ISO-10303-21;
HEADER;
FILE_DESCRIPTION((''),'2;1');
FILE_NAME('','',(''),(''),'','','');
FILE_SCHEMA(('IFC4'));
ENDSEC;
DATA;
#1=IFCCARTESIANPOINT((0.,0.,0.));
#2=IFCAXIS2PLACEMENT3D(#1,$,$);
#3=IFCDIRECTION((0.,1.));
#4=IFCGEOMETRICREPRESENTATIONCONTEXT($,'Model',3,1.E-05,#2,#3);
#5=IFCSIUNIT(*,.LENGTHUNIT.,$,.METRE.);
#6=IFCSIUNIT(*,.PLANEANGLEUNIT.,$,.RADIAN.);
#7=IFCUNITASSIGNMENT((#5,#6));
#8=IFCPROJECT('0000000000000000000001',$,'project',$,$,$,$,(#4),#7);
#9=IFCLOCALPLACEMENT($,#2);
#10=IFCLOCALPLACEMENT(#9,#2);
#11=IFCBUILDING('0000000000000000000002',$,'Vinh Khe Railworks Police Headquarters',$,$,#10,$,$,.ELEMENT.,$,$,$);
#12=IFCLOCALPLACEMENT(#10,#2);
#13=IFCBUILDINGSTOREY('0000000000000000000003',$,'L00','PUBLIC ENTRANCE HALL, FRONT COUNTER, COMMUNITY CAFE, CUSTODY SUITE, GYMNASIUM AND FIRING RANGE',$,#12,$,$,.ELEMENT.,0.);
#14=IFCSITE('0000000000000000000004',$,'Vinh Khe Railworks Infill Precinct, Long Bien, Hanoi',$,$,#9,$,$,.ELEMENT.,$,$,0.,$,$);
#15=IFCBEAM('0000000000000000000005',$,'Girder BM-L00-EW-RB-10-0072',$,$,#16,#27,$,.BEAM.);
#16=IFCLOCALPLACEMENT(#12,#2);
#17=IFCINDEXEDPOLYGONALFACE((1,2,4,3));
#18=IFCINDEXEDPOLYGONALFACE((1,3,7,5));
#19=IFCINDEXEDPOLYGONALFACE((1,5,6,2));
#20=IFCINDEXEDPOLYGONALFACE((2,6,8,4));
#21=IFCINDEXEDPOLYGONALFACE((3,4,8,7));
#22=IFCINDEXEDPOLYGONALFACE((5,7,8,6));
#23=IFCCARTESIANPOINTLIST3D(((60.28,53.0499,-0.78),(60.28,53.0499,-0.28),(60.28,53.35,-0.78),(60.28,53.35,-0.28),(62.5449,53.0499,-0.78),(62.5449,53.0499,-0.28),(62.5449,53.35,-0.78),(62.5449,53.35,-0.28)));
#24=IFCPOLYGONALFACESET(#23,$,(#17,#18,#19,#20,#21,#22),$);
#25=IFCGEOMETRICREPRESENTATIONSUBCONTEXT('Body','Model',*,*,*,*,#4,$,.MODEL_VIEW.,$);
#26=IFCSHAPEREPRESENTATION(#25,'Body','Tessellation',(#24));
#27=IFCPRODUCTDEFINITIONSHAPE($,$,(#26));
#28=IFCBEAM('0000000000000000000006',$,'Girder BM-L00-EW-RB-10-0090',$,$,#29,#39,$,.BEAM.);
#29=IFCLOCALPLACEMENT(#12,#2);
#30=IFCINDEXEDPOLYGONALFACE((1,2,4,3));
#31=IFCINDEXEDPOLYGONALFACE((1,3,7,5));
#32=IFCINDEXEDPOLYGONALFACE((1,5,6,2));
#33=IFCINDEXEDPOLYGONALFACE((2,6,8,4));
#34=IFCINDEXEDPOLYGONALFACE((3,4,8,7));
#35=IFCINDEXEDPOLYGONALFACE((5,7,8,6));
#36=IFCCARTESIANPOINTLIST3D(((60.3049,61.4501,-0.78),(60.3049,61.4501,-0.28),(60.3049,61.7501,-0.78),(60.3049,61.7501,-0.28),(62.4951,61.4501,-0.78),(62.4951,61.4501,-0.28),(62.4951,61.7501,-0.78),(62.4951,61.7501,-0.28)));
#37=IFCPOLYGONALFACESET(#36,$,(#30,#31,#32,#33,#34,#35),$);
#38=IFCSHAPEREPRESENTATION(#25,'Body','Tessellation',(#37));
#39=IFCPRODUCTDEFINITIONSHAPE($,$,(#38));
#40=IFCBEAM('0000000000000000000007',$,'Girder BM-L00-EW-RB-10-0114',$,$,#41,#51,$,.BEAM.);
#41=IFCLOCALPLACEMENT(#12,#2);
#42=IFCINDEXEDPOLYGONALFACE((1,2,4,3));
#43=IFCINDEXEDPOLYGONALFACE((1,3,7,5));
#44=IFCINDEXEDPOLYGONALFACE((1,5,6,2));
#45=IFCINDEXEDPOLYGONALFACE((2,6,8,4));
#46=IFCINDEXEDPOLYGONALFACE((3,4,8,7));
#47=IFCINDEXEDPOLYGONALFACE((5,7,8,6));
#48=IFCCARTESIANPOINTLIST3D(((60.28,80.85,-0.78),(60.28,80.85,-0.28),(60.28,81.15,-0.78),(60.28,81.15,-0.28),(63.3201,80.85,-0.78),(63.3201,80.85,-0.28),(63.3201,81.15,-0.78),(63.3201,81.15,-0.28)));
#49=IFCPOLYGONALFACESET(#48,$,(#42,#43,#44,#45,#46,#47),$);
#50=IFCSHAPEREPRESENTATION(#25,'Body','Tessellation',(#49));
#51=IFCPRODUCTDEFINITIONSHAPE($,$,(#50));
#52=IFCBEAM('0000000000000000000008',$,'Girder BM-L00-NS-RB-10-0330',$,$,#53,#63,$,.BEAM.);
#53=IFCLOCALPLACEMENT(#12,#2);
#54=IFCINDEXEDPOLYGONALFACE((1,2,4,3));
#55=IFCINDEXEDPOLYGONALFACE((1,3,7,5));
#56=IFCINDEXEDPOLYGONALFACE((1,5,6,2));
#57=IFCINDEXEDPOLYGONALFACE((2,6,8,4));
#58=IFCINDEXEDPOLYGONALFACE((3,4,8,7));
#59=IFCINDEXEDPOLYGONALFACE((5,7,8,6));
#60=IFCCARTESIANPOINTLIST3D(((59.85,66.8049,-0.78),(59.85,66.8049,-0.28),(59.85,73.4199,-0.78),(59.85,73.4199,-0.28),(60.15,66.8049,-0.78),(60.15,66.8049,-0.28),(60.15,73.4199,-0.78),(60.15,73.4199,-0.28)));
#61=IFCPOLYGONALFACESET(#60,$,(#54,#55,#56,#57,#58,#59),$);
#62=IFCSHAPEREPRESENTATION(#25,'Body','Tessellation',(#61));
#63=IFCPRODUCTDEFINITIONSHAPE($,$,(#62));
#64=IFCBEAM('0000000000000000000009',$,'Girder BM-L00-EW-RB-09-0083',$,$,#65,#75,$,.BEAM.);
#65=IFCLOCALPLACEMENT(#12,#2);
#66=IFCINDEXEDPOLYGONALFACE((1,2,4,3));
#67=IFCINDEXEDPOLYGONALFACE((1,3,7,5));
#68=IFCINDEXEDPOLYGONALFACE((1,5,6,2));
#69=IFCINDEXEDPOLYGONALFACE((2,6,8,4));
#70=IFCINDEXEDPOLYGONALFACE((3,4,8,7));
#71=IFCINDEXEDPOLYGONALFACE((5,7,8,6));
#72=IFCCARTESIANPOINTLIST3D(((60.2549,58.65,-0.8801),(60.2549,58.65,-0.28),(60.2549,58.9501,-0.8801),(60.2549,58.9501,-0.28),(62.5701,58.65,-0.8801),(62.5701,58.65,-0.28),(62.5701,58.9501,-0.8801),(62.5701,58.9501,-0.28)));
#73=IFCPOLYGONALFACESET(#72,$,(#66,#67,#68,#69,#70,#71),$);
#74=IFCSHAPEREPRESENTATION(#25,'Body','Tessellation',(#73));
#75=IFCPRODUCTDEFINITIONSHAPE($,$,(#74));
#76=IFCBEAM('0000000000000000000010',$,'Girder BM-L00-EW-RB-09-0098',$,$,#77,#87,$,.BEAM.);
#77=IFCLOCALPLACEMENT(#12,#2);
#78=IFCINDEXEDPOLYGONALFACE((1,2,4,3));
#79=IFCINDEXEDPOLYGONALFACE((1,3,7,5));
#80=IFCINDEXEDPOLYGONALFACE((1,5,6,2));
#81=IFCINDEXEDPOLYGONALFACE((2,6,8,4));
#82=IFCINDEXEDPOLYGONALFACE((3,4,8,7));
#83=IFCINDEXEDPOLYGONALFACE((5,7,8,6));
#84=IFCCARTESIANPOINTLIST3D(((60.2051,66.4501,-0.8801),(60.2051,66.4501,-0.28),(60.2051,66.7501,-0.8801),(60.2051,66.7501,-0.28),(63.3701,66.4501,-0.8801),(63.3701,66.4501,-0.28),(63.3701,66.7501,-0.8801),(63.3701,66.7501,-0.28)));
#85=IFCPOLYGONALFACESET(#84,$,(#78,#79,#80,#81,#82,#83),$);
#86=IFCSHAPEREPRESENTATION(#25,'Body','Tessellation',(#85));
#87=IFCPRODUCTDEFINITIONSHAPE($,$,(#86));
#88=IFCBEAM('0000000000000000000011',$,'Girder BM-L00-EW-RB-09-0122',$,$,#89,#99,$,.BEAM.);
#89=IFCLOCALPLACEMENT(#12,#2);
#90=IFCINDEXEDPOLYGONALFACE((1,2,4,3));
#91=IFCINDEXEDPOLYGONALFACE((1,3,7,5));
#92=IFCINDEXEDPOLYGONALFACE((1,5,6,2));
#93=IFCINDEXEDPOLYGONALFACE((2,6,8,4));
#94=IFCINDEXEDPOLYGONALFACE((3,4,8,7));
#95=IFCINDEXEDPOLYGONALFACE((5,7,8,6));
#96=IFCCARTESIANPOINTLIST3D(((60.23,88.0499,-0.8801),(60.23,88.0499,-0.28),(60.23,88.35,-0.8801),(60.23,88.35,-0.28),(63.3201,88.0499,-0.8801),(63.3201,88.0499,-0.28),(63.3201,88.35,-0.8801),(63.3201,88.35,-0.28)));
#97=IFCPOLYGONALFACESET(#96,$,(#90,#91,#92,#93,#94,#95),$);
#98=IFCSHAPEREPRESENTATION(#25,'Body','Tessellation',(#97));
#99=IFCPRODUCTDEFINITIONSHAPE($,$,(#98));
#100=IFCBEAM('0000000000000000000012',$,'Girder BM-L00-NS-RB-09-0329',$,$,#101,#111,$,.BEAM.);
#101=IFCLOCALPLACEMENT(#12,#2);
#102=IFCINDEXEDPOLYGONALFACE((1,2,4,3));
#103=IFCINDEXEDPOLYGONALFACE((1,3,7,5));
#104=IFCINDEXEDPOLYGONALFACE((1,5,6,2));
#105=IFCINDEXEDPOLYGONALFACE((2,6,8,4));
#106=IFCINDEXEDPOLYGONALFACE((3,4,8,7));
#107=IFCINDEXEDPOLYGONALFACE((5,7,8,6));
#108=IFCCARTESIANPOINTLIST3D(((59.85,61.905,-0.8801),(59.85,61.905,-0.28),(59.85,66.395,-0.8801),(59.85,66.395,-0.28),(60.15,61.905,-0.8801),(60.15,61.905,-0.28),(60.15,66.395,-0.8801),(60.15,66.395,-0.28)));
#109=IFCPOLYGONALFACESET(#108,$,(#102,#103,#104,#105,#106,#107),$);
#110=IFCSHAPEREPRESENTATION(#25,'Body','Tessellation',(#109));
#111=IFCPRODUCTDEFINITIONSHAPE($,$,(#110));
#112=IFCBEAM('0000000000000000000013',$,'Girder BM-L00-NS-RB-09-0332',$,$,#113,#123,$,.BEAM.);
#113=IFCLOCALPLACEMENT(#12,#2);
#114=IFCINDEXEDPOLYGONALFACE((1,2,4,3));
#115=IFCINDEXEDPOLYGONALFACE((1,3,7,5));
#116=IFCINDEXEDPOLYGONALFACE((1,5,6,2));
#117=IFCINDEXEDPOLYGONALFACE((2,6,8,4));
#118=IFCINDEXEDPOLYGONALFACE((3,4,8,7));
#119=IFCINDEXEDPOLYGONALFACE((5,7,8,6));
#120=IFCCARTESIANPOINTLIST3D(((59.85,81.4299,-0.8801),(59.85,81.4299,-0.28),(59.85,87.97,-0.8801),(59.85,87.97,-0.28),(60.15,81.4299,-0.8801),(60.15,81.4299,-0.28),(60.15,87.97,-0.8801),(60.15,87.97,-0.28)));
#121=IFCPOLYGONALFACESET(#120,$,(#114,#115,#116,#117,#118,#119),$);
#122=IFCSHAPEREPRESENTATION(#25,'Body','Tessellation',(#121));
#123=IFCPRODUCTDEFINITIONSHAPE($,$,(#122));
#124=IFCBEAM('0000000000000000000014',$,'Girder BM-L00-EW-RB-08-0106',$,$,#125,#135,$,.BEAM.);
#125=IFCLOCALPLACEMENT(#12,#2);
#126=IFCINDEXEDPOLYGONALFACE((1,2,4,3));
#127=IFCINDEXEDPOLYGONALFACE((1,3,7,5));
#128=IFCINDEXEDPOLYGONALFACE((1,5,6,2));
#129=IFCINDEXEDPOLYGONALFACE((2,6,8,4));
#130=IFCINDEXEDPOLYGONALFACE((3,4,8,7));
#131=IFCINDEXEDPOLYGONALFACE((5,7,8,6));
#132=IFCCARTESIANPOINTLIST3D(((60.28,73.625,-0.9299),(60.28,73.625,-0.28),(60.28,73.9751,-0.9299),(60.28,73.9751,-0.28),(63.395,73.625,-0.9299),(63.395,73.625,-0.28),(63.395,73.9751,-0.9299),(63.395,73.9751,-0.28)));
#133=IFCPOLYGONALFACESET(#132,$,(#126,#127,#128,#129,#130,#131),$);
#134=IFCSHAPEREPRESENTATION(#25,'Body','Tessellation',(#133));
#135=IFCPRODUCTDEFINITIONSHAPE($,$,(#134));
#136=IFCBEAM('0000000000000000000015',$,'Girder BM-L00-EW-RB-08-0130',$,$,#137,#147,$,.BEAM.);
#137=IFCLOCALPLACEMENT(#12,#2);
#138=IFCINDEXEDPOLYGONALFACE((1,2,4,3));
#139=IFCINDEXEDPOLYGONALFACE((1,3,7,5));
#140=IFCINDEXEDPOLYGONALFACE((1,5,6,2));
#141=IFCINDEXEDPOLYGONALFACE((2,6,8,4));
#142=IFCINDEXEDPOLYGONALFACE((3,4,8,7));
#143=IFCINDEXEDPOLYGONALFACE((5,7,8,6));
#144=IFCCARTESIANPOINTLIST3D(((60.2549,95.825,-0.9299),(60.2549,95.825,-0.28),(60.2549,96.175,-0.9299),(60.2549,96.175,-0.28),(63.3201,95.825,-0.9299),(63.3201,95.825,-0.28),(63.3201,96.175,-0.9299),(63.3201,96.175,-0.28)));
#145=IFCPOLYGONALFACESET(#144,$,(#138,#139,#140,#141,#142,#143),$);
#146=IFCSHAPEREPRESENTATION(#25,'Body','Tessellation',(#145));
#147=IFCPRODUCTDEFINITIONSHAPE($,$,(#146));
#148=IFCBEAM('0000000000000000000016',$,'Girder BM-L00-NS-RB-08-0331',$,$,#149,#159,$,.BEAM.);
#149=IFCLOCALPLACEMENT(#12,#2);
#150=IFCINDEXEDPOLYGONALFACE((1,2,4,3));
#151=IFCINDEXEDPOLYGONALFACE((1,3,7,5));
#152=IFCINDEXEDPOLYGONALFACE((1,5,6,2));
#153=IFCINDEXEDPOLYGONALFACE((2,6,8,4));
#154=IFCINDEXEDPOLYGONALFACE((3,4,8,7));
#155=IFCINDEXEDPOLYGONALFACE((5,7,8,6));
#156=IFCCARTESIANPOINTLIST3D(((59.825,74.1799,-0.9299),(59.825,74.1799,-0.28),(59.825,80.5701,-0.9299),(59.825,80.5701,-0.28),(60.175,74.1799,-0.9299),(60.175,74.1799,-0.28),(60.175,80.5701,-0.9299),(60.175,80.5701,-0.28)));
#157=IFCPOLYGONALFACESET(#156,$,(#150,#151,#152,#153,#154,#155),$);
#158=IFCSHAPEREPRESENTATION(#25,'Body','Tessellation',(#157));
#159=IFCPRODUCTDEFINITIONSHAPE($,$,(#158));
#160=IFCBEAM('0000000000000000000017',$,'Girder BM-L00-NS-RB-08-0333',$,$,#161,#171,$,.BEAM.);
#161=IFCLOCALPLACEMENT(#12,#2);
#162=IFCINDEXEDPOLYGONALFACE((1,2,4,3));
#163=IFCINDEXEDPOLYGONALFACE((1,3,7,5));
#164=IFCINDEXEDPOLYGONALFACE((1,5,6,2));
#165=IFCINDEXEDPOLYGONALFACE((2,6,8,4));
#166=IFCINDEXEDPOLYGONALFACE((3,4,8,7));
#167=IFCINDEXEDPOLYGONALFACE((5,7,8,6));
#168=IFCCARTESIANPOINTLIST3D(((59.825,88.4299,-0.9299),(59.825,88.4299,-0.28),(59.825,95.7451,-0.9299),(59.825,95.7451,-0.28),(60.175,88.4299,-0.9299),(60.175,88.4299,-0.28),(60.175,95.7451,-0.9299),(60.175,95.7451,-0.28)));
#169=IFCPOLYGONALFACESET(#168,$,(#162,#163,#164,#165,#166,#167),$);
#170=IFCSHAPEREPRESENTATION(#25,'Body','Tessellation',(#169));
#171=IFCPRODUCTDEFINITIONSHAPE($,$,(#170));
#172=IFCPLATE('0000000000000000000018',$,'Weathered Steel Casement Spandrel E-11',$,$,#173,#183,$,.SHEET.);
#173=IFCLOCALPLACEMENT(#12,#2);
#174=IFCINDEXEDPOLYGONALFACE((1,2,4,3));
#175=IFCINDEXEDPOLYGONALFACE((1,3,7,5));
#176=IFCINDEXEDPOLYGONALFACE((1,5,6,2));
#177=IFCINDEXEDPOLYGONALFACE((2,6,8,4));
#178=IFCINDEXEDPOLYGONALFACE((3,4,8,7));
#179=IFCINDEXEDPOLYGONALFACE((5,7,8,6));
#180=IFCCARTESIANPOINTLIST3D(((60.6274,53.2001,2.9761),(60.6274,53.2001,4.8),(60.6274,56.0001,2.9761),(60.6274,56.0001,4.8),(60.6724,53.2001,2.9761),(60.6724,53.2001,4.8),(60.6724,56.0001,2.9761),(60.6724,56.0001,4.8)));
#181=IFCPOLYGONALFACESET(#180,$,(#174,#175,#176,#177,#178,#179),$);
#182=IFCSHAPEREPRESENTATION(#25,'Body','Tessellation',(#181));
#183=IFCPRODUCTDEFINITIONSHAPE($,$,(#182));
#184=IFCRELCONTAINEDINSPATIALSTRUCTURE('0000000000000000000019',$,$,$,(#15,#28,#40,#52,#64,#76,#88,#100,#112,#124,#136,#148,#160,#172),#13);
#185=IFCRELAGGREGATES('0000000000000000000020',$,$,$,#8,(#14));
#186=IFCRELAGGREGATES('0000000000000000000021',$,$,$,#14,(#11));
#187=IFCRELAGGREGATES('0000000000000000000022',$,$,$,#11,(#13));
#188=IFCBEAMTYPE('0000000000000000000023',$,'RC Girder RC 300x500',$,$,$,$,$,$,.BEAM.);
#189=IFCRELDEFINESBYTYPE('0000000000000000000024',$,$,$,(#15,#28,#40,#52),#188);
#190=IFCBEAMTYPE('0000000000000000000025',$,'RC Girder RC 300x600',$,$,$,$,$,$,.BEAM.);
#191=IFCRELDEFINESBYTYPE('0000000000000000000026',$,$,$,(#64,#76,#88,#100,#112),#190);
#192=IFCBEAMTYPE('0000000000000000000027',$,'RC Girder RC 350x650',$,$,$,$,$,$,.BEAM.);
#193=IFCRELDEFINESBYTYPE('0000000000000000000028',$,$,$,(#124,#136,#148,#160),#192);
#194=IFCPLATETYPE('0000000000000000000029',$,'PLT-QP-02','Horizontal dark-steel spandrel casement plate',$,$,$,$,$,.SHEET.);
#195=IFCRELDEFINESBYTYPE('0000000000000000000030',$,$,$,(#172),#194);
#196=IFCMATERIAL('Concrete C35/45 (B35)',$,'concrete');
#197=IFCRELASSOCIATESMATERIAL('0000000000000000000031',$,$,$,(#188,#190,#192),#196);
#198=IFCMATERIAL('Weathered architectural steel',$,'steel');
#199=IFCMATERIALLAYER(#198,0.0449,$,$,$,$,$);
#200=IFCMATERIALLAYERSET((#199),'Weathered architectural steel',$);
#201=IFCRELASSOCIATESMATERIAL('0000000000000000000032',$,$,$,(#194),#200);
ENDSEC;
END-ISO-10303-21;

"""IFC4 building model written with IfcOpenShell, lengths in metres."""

from ifc_helpers import new_model, si_unit, direction, frame, origin, origin_2d, place, context, subcontext, project, spatial, rectangle, extrude, material, layer, layer_set, material_profile, profile_set, type_object, element, save


model = new_model("IFC4")

# Units and contexts
model_context = context("Model", 3, precision=1e-05, world=origin(), true_north=direction((0.0, 1.0)))
body_context = subcontext(model_context, "Body", "Model", "MODEL_VIEW")
ifc_project = project(units=[si_unit("LENGTHUNIT", "METRE"), si_unit("PLANEANGLEUNIT", "RADIAN")], contexts=[model_context])

# Site, building, storey
site_placement = place(None, origin())
site = spatial("IfcSite", under=ifc_project, at=site_placement, Name="Vinh Khe Railworks Infill Precinct, Long Bien, Hanoi", CompositionType="ELEMENT", RefElevation=0.0)
building_placement = place(site_placement, origin())
building = spatial("IfcBuilding", under=site, at=building_placement, Name="Vinh Khe Railworks Police Headquarters", CompositionType="ELEMENT")
storey_placement = place(building_placement, origin())
storey = spatial("IfcBuildingStorey", under=building, at=storey_placement, Name="L00", Description="PUBLIC ENTRANCE HALL, FRONT COUNTER, COMMUNITY CAFE, CUSTODY SUITE, GYMNASIUM AND FIRING RANGE", CompositionType="ELEMENT", Elevation=0.0)

# Beams
ifc_material_1 = material(Name="Concrete C35/45 (B35)", Category="concrete")
ifc_material_profile_1 = material_profile(ifc_material_1, rectangle(XDim=0.3, YDim=0.5, at=origin_2d()), Name="RC 300x500")
ifc_profile_set_1 = profile_set([ifc_material_profile_1], Name="Concrete C35/45 (B35)")
beam_type_1 = type_object("IfcBeamType", Name="RC Girder RC 300x500", PredefinedType="BEAM", material=ifc_profile_set_1)
beam_1_placement = place(storey_placement, frame((60.28, 53.2, -0.53), z_axis=(1.0, 0.0, 0.0), x_axis=(0.0, 1.0, 0.0)))
element("IfcBeam", 1, at=beam_1_placement, inside=storey, type_object=beam_type_1, Name="Girder BM-L00-EW-RB-10-0072", PredefinedType="BEAM", context=body_context, shape_type="SweptSolid", body=[
    extrude(rectangle(XDim=0.3, YDim=0.5, at=origin_2d()), origin(), (0.0, 0.0, 1.0), 2.2649),
])
beam_2_placement = place(storey_placement, frame((60.3049, 61.6001, -0.53), z_axis=(1.0, 0.0, 0.0), x_axis=(0.0, 1.0, 0.0)))
element("IfcBeam", 2, at=beam_2_placement, inside=storey, type_object=beam_type_1, Name="Girder BM-L00-EW-RB-10-0090", PredefinedType="BEAM", context=body_context, shape_type="SweptSolid", body=[
    extrude(rectangle(XDim=0.3, YDim=0.5, at=origin_2d()), origin(), (0.0, 0.0, 1.0), 2.1902),
])
beam_3_placement = place(storey_placement, frame((60.28, 81.0, -0.53), z_axis=(1.0, 0.0, 0.0), x_axis=(0.0, 1.0, 0.0)))
element("IfcBeam", 3, at=beam_3_placement, inside=storey, type_object=beam_type_1, Name="Girder BM-L00-EW-RB-10-0114", PredefinedType="BEAM", context=body_context, shape_type="SweptSolid", body=[
    extrude(rectangle(XDim=0.3, YDim=0.5, at=origin_2d()), origin(), (0.0, 0.0, 1.0), 3.04),
])
beam_4_placement = place(storey_placement, frame((60.0, 66.8049, -0.53), z_axis=(0.0, 1.0, 0.0), x_axis=(-1.0, 0.0, 0.0)))
element("IfcBeam", 4, at=beam_4_placement, inside=storey, type_object=beam_type_1, Name="Girder BM-L00-NS-RB-10-0330", PredefinedType="BEAM", context=body_context, shape_type="SweptSolid", body=[
    extrude(rectangle(XDim=0.3, YDim=0.5, at=origin_2d()), origin(), (0.0, 0.0, 1.0), 6.615),
])
ifc_material_profile_2 = material_profile(ifc_material_1, rectangle(XDim=0.3, YDim=0.6001, at=origin_2d()), Name="RC 300x600")
ifc_profile_set_2 = profile_set([ifc_material_profile_2], Name="Concrete C35/45 (B35)")
beam_type_2 = type_object("IfcBeamType", Name="RC Girder RC 300x600", PredefinedType="BEAM", material=ifc_profile_set_2)
beam_5_placement = place(storey_placement, frame((60.2549, 58.8, -0.5801), z_axis=(1.0, 0.0, 0.0), x_axis=(0.0, 1.0, 0.0)))
element("IfcBeam", 5, at=beam_5_placement, inside=storey, type_object=beam_type_2, Name="Girder BM-L00-EW-RB-09-0083", PredefinedType="BEAM", context=body_context, shape_type="SweptSolid", body=[
    extrude(rectangle(XDim=0.3, YDim=0.6001, at=origin_2d()), origin(), (0.0, 0.0, 1.0), 2.3152),
])
beam_6_placement = place(storey_placement, frame((60.2051, 66.6001, -0.5801), z_axis=(1.0, 0.0, 0.0), x_axis=(0.0, 1.0, 0.0)))
element("IfcBeam", 6, at=beam_6_placement, inside=storey, type_object=beam_type_2, Name="Girder BM-L00-EW-RB-09-0098", PredefinedType="BEAM", context=body_context, shape_type="SweptSolid", body=[
    extrude(rectangle(XDim=0.3, YDim=0.6001, at=origin_2d()), origin(), (0.0, 0.0, 1.0), 3.165),
])
beam_7_placement = place(storey_placement, frame((60.23, 88.2, -0.5801), z_axis=(1.0, 0.0, 0.0), x_axis=(0.0, 1.0, 0.0)))
element("IfcBeam", 7, at=beam_7_placement, inside=storey, type_object=beam_type_2, Name="Girder BM-L00-EW-RB-09-0122", PredefinedType="BEAM", context=body_context, shape_type="SweptSolid", body=[
    extrude(rectangle(XDim=0.3, YDim=0.6001, at=origin_2d()), origin(), (0.0, 0.0, 1.0), 3.0901),
])
beam_8_placement = place(storey_placement, frame((60.0, 61.905, -0.5801), z_axis=(0.0, 1.0, 0.0), x_axis=(-1.0, 0.0, 0.0)))
element("IfcBeam", 8, at=beam_8_placement, inside=storey, type_object=beam_type_2, Name="Girder BM-L00-NS-RB-09-0329", PredefinedType="BEAM", context=body_context, shape_type="SweptSolid", body=[
    extrude(rectangle(XDim=0.3, YDim=0.6001, at=origin_2d()), origin(), (0.0, 0.0, 1.0), 4.49),
])
beam_9_placement = place(storey_placement, frame((60.0, 81.4299, -0.5801), z_axis=(0.0, 1.0, 0.0), x_axis=(-1.0, 0.0, 0.0)))
element("IfcBeam", 9, at=beam_9_placement, inside=storey, type_object=beam_type_2, Name="Girder BM-L00-NS-RB-09-0332", PredefinedType="BEAM", context=body_context, shape_type="SweptSolid", body=[
    extrude(rectangle(XDim=0.3, YDim=0.6001, at=origin_2d()), origin(), (0.0, 0.0, 1.0), 6.54),
])
ifc_material_profile_3 = material_profile(ifc_material_1, rectangle(XDim=0.3501, YDim=0.6499, at=origin_2d()), Name="RC 350x650")
ifc_profile_set_3 = profile_set([ifc_material_profile_3], Name="Concrete C35/45 (B35)")
beam_type_3 = type_object("IfcBeamType", Name="RC Girder RC 350x650", PredefinedType="BEAM", material=ifc_profile_set_3)
beam_10_placement = place(storey_placement, frame((60.28, 73.8, -0.605), z_axis=(1.0, 0.0, 0.0), x_axis=(0.0, 1.0, 0.0)))
element("IfcBeam", 10, at=beam_10_placement, inside=storey, type_object=beam_type_3, Name="Girder BM-L00-EW-RB-08-0106", PredefinedType="BEAM", context=body_context, shape_type="SweptSolid", body=[
    extrude(rectangle(XDim=0.3501, YDim=0.6499, at=origin_2d()), origin(), (0.0, 0.0, 1.0), 3.115),
])
beam_11_placement = place(storey_placement, frame((60.2549, 96.0, -0.605), z_axis=(1.0, 0.0, 0.0), x_axis=(0.0, 1.0, 0.0)))
element("IfcBeam", 11, at=beam_11_placement, inside=storey, type_object=beam_type_3, Name="Girder BM-L00-EW-RB-08-0130", PredefinedType="BEAM", context=body_context, shape_type="SweptSolid", body=[
    extrude(rectangle(XDim=0.3501, YDim=0.6499, at=origin_2d()), origin(), (0.0, 0.0, 1.0), 3.0652),
])
beam_12_placement = place(storey_placement, frame((60.0, 74.1799, -0.605), z_axis=(0.0, 1.0, 0.0), x_axis=(-1.0, 0.0, 0.0)))
element("IfcBeam", 12, at=beam_12_placement, inside=storey, type_object=beam_type_3, Name="Girder BM-L00-NS-RB-08-0331", PredefinedType="BEAM", context=body_context, shape_type="SweptSolid", body=[
    extrude(rectangle(XDim=0.3501, YDim=0.6499, at=origin_2d()), origin(), (0.0, 0.0, 1.0), 6.3901),
])
beam_13_placement = place(storey_placement, frame((60.0, 88.4299, -0.605), z_axis=(0.0, 1.0, 0.0), x_axis=(-1.0, 0.0, 0.0)))
element("IfcBeam", 13, at=beam_13_placement, inside=storey, type_object=beam_type_3, Name="Girder BM-L00-NS-RB-08-0333", PredefinedType="BEAM", context=body_context, shape_type="SweptSolid", body=[
    extrude(rectangle(XDim=0.3501, YDim=0.6499, at=origin_2d()), origin(), (0.0, 0.0, 1.0), 7.3152),
])

# Plate
ifc_material_2 = material(Name="Weathered architectural steel", Category="steel")
ifc_layer = layer(ifc_material_2, 0.0449)
ifc_layer_set = layer_set([ifc_layer], Name="Weathered architectural steel")
plate_type_1 = type_object("IfcPlateType", Name="PLT-QP-02", Description="Horizontal dark-steel spandrel casement plate", PredefinedType="SHEET", material=ifc_layer_set)
plate_placement = place(storey_placement, frame((60.6499, 54.6001, 2.9761), z_axis=(0.0, 0.0, 1.0), x_axis=(0.0, 1.0, 0.0)))
element("IfcPlate", 14, at=plate_placement, inside=storey, type_object=plate_type_1, Name="Weathered Steel Casement Spandrel E-11", PredefinedType="SHEET", context=body_context, shape_type="SweptSolid", body=[
    extrude(rectangle(XDim=2.8, YDim=0.0449, at=origin_2d()), origin(), (0.0, 0.0, 1.0), 1.824),
])

save(model, "model.ifc")
